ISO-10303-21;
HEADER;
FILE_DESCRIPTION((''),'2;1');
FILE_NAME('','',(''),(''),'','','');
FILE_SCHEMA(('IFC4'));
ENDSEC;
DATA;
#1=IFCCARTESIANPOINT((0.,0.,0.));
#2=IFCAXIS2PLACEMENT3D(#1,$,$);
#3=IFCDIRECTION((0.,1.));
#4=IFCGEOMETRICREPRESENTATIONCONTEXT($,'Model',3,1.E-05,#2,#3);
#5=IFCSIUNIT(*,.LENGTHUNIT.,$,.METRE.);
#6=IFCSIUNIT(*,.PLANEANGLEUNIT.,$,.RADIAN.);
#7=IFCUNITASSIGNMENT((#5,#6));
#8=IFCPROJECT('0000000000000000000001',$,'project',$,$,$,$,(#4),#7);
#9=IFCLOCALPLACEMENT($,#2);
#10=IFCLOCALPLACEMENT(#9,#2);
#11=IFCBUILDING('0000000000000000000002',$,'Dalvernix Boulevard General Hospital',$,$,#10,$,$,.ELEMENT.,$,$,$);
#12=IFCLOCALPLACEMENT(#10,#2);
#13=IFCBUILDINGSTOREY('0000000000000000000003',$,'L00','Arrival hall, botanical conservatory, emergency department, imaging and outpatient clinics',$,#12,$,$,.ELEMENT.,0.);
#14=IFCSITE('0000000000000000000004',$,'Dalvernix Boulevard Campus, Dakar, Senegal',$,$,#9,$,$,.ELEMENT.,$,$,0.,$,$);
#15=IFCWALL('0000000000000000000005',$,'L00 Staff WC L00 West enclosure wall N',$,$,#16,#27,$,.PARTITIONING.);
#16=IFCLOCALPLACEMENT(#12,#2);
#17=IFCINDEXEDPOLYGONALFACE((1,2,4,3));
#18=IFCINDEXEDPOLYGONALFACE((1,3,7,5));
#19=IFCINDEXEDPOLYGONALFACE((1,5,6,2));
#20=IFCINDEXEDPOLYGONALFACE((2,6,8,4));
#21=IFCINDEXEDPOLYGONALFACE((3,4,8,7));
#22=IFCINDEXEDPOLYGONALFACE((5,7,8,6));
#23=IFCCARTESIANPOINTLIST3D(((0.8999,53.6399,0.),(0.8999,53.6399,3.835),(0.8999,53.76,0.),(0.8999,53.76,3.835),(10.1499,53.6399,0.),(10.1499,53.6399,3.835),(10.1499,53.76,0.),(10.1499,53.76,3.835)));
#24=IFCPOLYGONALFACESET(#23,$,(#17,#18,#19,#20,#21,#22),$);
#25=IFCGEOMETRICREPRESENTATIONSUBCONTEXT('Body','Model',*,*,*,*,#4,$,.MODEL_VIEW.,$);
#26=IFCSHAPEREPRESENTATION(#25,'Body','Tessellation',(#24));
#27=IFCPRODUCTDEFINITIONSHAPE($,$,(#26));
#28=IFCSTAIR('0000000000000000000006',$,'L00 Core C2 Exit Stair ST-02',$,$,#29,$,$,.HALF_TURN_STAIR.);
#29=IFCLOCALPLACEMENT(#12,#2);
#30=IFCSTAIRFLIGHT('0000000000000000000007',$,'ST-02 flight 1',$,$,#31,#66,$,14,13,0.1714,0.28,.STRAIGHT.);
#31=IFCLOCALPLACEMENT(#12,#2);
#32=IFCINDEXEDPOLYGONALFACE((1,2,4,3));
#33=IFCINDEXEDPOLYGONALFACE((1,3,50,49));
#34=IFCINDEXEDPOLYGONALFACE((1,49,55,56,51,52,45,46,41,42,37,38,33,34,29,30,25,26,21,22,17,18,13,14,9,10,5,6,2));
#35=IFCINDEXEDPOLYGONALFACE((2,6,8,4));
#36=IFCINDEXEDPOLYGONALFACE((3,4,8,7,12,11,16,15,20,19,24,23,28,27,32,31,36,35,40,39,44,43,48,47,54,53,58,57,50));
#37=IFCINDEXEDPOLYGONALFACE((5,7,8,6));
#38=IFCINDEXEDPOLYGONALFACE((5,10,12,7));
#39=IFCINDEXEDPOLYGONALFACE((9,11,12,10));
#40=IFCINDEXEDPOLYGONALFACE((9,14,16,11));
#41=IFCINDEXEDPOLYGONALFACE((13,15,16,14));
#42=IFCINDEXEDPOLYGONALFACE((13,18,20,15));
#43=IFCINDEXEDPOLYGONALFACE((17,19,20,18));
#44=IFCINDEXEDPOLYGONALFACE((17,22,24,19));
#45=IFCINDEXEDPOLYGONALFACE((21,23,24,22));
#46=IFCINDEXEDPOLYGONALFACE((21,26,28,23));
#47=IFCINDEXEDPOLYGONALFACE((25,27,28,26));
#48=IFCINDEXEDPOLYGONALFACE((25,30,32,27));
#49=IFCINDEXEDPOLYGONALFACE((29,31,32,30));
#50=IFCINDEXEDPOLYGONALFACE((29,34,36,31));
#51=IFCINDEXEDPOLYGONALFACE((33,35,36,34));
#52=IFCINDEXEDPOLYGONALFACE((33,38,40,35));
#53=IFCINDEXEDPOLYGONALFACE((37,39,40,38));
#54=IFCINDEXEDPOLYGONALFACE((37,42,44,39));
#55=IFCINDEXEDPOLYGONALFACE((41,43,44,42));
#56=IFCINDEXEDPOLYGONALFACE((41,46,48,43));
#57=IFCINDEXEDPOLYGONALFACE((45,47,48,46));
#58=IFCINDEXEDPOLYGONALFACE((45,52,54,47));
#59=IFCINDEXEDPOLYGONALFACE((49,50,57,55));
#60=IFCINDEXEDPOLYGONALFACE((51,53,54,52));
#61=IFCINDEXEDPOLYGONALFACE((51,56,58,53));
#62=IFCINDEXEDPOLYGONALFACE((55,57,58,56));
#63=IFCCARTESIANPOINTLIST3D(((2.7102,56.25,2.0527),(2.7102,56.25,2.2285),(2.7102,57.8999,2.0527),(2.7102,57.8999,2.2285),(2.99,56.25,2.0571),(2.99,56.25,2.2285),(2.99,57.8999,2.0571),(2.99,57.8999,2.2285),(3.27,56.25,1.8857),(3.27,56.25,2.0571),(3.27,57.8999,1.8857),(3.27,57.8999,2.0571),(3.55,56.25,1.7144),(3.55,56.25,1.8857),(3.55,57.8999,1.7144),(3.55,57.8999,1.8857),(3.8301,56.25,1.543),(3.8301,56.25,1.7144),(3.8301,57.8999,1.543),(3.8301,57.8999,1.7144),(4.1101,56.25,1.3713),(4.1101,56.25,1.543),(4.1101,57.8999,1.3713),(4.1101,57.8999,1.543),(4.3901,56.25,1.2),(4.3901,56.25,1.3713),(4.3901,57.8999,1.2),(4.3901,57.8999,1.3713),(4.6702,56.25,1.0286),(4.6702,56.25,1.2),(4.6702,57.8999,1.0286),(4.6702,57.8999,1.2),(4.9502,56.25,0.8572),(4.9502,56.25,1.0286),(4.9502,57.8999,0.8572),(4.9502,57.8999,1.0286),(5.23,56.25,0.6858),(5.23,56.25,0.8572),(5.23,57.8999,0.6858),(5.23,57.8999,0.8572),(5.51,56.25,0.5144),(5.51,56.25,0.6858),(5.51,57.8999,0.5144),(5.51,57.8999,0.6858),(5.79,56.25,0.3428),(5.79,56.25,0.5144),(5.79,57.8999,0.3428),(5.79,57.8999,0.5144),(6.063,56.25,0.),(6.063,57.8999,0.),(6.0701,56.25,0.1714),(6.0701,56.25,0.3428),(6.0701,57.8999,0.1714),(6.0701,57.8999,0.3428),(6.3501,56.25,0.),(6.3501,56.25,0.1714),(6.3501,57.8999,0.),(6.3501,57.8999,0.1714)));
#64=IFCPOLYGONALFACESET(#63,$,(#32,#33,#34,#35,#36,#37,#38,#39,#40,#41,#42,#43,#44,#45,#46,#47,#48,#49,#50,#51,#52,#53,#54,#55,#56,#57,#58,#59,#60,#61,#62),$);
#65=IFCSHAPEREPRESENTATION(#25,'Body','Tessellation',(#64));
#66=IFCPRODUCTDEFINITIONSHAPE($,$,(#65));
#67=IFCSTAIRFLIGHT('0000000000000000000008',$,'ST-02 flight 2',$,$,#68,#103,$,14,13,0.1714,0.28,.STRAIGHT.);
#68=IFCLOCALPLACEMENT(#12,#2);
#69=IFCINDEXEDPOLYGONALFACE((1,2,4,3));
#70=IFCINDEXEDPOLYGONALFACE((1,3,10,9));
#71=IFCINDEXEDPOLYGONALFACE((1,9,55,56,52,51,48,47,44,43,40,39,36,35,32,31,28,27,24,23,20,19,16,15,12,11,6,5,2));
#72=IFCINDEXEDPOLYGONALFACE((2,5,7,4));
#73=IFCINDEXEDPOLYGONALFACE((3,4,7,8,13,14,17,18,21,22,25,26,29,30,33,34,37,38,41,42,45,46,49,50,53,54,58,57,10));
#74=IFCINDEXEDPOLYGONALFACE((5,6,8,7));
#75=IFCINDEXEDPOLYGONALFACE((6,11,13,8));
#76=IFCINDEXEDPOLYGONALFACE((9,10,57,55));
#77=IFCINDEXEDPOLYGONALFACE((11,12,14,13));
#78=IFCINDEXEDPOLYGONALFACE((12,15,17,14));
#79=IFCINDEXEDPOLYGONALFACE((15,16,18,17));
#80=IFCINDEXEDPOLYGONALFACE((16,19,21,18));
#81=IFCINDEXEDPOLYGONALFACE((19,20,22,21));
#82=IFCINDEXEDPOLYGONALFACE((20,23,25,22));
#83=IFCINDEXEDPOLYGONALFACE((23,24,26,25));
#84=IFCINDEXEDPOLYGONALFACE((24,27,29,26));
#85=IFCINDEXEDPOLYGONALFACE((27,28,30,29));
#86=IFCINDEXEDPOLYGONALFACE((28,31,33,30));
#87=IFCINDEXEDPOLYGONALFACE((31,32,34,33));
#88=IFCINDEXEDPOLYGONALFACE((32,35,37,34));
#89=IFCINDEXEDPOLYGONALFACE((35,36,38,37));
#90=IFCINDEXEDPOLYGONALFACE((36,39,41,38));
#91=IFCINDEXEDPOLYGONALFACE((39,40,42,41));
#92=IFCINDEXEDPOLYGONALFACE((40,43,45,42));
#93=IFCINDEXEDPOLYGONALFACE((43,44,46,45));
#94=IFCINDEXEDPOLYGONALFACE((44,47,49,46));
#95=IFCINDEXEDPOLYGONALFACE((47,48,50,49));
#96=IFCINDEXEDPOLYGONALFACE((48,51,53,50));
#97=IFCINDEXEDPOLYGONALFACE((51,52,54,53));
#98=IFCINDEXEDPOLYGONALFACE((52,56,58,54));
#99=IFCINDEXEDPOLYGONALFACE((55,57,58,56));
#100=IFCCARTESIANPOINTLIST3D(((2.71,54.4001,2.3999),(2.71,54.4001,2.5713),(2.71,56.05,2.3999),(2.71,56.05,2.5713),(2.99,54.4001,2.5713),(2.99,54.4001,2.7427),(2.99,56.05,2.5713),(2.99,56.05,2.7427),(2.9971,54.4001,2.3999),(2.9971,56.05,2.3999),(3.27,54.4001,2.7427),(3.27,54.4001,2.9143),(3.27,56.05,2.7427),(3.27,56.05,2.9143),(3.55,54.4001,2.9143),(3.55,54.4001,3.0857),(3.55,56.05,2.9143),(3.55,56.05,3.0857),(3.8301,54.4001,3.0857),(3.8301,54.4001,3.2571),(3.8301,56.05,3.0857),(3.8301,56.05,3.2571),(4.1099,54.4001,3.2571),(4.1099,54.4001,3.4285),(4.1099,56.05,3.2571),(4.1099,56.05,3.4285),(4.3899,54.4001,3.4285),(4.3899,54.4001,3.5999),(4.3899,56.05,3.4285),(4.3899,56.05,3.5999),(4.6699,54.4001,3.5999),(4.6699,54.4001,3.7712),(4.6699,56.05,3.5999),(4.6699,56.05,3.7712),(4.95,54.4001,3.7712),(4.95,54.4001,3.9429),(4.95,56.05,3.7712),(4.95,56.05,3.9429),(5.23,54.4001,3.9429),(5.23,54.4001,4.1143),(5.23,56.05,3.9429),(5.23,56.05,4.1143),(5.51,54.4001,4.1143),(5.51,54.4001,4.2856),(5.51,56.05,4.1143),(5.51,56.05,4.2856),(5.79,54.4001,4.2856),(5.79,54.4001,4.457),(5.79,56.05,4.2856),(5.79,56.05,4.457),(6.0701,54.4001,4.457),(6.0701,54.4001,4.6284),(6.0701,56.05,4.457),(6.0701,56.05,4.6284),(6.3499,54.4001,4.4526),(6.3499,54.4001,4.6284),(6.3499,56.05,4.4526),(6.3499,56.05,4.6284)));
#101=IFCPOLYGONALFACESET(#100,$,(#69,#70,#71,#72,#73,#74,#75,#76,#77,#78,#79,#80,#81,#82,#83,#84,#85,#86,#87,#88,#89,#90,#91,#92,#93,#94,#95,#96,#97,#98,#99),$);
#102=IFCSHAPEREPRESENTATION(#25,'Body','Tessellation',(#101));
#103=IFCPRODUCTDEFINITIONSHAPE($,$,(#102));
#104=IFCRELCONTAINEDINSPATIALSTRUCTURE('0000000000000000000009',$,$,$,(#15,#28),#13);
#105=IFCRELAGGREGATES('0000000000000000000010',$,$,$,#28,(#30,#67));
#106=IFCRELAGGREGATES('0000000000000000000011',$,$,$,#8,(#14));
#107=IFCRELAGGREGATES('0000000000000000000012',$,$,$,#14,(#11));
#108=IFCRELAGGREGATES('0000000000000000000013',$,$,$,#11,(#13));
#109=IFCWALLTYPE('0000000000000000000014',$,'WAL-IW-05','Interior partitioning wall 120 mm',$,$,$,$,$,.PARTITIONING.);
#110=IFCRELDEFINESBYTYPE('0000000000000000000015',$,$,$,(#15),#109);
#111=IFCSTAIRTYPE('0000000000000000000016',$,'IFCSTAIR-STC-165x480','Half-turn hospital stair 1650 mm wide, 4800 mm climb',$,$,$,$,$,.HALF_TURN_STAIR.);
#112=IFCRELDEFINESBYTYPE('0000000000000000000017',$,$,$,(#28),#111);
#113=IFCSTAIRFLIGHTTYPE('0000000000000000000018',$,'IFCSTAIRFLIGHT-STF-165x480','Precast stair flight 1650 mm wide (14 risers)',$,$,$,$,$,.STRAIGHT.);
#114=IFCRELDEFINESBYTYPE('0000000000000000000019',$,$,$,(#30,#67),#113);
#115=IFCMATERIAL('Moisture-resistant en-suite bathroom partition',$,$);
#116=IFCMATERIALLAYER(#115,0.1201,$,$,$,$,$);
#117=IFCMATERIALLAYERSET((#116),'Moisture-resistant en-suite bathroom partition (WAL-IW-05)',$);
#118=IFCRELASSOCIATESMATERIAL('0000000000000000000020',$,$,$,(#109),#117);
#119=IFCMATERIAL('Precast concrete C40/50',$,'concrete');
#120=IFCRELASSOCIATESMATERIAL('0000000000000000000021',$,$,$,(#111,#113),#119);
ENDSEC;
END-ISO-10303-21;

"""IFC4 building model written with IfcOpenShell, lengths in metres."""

from ifc_helpers import new_model, si_unit, direction, frame, frame_2d, origin, place, context, subcontext, project, spatial, polyline, rectangle, outline, extrude, material, layer, layer_set, type_object, element, aggregate, save


model = new_model("IFC4")

# Units and contexts
model_context = context("Model", 3, precision=1e-05, world=origin(), true_north=direction((0.0, 1.0)))
body_context = subcontext(model_context, "Body", "Model", "MODEL_VIEW")
ifc_project = project(units=[si_unit("LENGTHUNIT", "METRE"), si_unit("PLANEANGLEUNIT", "RADIAN")], contexts=[model_context])

# Site, building, storey
site_placement = place(None, origin())
site = spatial("IfcSite", under=ifc_project, at=site_placement, Name="Dalvernix Boulevard Campus, Dakar, Senegal", CompositionType="ELEMENT", RefElevation=0.0)
building_placement = place(site_placement, origin())
building = spatial("IfcBuilding", under=site, at=building_placement, Name="Dalvernix Boulevard General Hospital", CompositionType="ELEMENT")
storey_placement = place(building_placement, origin())
storey = spatial("IfcBuildingStorey", under=building, at=storey_placement, Name="L00", Description="Arrival hall, botanical conservatory, emergency department, imaging and outpatient clinics", CompositionType="ELEMENT", Elevation=0.0)

# Wall
ifc_material_1 = material(Name="Moisture-resistant en-suite bathroom partition")
ifc_layer_1 = layer(ifc_material_1, 0.1201)
ifc_layer_set_1 = layer_set([ifc_layer_1], Name="Moisture-resistant en-suite bathroom partition (WAL-IW-05)")
wall_type_1 = type_object("IfcWallType", Name="WAL-IW-05", Description="Interior partitioning wall 120 mm", PredefinedType="PARTITIONING", material=ifc_layer_set_1)
wall_1_placement = place(storey_placement, frame((0.8999, 53.7, 0.0), z_axis=(0.0, 0.0, 1.0), x_axis=(1.0, 0.0, 0.0)))
element("IfcWall", 1, at=wall_1_placement, inside=storey, type_object=wall_type_1, Name="L00 Staff WC L00 West enclosure wall N", PredefinedType="PARTITIONING", context=body_context, shape_type="SweptSolid", body=[
    extrude(rectangle(XDim=9.25, YDim=0.1201, at=frame_2d((4.625, 0.0))), origin(), (0.0, 0.0, 1.0), 3.835),
])

# Stair, stair flights
ifc_material_2 = material(Name="Precast concrete C40/50", Category="concrete")
stair_type = type_object("IfcStairType", Name="IFCSTAIR-STC-165x480", Description="Half-turn hospital stair 1650 mm wide, 4800 mm climb", PredefinedType="HALF_TURN_STAIR", material=ifc_material_2)
stair_placement = place(storey_placement, origin())
stair = element("IfcStair", 2, at=stair_placement, inside=storey, type_object=stair_type, Name="L00 Core C2 Exit Stair ST-02", PredefinedType="HALF_TURN_STAIR")
stair_flight_type = type_object("IfcStairFlightType", Name="IFCSTAIRFLIGHT-STF-165x480", Description="Precast stair flight 1650 mm wide (14 risers)", PredefinedType="STRAIGHT", material=ifc_material_2)
stair_flight_1_placement = place(storey_placement, frame((6.3501, 57.075, 0.0), z_axis=(0.0, 0.0, 1.0), x_axis=(-1.0, 0.0, 0.0)))
stair_flight_1 = element("IfcStairFlight", 3, at=stair_flight_1_placement, type_object=stair_flight_type, Name="ST-02 flight 1", NumberOfRisers=14, NumberOfTreads=13, PredefinedType="STRAIGHT", RiserHeight=0.1714, TreadLength=0.28, context=body_context, shape_type="SweptSolid", body=[
    extrude(outline(polyline([(0.0, 0.0), (0.0, 0.1714), (0.28, 0.1714), (0.28, 0.3428), (0.5601, 0.3428), (0.5601, 0.5144), (0.8401, 0.5144), (0.8401, 0.6858), (1.1201, 0.6858), (1.1201, 0.8572), (1.3999, 0.8572), (1.3999, 1.0286), (1.6799, 1.0286), (1.6799, 1.2), (1.96, 1.2), (1.96, 1.3713), (2.24, 1.3713), (2.24, 1.543), (2.52, 1.543), (2.52, 1.7144), (2.8, 1.7144), (2.8, 1.8857), (3.0801, 1.8857), (3.0801, 2.0571), (3.3601, 2.0571), (3.3601, 2.2285), (3.6399, 2.2285), (3.6399, 2.3999), (3.6399, 2.0527), (0.2871, 0.0), (0.0, 0.0)])), frame((0.0, 0.825, 0.0), z_axis=(0.0, -1.0, 0.0), x_axis=(1.0, 0.0, 0.0)), (0.0, 0.0, 1.0), 1.6499),
])
stair_flight_2_placement = place(storey_placement, frame((2.71, 55.2251, 2.3999), z_axis=(0.0, 0.0, 1.0), x_axis=(1.0, 0.0, 0.0)))
stair_flight_2 = element("IfcStairFlight", 4, at=stair_flight_2_placement, type_object=stair_flight_type, Name="ST-02 flight 2", NumberOfRisers=14, NumberOfTreads=13, PredefinedType="STRAIGHT", RiserHeight=0.1714, TreadLength=0.28, context=body_context, shape_type="SweptSolid", body=[
    extrude(outline(polyline([(0.0, 0.0), (0.0, 0.1714), (0.28, 0.1714), (0.28, 0.3428), (0.5601, 0.3428), (0.5601, 0.5144), (0.8401, 0.5144), (0.8401, 0.6858), (1.1201, 0.6858), (1.1201, 0.8572), (1.3999, 0.8572), (1.3999, 1.0286), (1.6799, 1.0286), (1.6799, 1.2), (1.96, 1.2), (1.96, 1.3713), (2.24, 1.3713), (2.24, 1.543), (2.52, 1.543), (2.52, 1.7144), (2.8, 1.7144), (2.8, 1.8857), (3.0801, 1.8857), (3.0801, 2.0571), (3.3601, 2.0571), (3.3601, 2.2285), (3.6399, 2.2285), (3.6399, 2.3999), (3.6399, 2.0527), (0.2871, 0.0), (0.0, 0.0)])), frame((0.0, 0.825, 0.0), z_axis=(0.0, -1.0, 0.0), x_axis=(1.0, 0.0, 0.0)), (0.0, 0.0, 1.0), 1.6499),
])
aggregate(stair, [stair_flight_1, stair_flight_2])

save(model, "model.ifc")
